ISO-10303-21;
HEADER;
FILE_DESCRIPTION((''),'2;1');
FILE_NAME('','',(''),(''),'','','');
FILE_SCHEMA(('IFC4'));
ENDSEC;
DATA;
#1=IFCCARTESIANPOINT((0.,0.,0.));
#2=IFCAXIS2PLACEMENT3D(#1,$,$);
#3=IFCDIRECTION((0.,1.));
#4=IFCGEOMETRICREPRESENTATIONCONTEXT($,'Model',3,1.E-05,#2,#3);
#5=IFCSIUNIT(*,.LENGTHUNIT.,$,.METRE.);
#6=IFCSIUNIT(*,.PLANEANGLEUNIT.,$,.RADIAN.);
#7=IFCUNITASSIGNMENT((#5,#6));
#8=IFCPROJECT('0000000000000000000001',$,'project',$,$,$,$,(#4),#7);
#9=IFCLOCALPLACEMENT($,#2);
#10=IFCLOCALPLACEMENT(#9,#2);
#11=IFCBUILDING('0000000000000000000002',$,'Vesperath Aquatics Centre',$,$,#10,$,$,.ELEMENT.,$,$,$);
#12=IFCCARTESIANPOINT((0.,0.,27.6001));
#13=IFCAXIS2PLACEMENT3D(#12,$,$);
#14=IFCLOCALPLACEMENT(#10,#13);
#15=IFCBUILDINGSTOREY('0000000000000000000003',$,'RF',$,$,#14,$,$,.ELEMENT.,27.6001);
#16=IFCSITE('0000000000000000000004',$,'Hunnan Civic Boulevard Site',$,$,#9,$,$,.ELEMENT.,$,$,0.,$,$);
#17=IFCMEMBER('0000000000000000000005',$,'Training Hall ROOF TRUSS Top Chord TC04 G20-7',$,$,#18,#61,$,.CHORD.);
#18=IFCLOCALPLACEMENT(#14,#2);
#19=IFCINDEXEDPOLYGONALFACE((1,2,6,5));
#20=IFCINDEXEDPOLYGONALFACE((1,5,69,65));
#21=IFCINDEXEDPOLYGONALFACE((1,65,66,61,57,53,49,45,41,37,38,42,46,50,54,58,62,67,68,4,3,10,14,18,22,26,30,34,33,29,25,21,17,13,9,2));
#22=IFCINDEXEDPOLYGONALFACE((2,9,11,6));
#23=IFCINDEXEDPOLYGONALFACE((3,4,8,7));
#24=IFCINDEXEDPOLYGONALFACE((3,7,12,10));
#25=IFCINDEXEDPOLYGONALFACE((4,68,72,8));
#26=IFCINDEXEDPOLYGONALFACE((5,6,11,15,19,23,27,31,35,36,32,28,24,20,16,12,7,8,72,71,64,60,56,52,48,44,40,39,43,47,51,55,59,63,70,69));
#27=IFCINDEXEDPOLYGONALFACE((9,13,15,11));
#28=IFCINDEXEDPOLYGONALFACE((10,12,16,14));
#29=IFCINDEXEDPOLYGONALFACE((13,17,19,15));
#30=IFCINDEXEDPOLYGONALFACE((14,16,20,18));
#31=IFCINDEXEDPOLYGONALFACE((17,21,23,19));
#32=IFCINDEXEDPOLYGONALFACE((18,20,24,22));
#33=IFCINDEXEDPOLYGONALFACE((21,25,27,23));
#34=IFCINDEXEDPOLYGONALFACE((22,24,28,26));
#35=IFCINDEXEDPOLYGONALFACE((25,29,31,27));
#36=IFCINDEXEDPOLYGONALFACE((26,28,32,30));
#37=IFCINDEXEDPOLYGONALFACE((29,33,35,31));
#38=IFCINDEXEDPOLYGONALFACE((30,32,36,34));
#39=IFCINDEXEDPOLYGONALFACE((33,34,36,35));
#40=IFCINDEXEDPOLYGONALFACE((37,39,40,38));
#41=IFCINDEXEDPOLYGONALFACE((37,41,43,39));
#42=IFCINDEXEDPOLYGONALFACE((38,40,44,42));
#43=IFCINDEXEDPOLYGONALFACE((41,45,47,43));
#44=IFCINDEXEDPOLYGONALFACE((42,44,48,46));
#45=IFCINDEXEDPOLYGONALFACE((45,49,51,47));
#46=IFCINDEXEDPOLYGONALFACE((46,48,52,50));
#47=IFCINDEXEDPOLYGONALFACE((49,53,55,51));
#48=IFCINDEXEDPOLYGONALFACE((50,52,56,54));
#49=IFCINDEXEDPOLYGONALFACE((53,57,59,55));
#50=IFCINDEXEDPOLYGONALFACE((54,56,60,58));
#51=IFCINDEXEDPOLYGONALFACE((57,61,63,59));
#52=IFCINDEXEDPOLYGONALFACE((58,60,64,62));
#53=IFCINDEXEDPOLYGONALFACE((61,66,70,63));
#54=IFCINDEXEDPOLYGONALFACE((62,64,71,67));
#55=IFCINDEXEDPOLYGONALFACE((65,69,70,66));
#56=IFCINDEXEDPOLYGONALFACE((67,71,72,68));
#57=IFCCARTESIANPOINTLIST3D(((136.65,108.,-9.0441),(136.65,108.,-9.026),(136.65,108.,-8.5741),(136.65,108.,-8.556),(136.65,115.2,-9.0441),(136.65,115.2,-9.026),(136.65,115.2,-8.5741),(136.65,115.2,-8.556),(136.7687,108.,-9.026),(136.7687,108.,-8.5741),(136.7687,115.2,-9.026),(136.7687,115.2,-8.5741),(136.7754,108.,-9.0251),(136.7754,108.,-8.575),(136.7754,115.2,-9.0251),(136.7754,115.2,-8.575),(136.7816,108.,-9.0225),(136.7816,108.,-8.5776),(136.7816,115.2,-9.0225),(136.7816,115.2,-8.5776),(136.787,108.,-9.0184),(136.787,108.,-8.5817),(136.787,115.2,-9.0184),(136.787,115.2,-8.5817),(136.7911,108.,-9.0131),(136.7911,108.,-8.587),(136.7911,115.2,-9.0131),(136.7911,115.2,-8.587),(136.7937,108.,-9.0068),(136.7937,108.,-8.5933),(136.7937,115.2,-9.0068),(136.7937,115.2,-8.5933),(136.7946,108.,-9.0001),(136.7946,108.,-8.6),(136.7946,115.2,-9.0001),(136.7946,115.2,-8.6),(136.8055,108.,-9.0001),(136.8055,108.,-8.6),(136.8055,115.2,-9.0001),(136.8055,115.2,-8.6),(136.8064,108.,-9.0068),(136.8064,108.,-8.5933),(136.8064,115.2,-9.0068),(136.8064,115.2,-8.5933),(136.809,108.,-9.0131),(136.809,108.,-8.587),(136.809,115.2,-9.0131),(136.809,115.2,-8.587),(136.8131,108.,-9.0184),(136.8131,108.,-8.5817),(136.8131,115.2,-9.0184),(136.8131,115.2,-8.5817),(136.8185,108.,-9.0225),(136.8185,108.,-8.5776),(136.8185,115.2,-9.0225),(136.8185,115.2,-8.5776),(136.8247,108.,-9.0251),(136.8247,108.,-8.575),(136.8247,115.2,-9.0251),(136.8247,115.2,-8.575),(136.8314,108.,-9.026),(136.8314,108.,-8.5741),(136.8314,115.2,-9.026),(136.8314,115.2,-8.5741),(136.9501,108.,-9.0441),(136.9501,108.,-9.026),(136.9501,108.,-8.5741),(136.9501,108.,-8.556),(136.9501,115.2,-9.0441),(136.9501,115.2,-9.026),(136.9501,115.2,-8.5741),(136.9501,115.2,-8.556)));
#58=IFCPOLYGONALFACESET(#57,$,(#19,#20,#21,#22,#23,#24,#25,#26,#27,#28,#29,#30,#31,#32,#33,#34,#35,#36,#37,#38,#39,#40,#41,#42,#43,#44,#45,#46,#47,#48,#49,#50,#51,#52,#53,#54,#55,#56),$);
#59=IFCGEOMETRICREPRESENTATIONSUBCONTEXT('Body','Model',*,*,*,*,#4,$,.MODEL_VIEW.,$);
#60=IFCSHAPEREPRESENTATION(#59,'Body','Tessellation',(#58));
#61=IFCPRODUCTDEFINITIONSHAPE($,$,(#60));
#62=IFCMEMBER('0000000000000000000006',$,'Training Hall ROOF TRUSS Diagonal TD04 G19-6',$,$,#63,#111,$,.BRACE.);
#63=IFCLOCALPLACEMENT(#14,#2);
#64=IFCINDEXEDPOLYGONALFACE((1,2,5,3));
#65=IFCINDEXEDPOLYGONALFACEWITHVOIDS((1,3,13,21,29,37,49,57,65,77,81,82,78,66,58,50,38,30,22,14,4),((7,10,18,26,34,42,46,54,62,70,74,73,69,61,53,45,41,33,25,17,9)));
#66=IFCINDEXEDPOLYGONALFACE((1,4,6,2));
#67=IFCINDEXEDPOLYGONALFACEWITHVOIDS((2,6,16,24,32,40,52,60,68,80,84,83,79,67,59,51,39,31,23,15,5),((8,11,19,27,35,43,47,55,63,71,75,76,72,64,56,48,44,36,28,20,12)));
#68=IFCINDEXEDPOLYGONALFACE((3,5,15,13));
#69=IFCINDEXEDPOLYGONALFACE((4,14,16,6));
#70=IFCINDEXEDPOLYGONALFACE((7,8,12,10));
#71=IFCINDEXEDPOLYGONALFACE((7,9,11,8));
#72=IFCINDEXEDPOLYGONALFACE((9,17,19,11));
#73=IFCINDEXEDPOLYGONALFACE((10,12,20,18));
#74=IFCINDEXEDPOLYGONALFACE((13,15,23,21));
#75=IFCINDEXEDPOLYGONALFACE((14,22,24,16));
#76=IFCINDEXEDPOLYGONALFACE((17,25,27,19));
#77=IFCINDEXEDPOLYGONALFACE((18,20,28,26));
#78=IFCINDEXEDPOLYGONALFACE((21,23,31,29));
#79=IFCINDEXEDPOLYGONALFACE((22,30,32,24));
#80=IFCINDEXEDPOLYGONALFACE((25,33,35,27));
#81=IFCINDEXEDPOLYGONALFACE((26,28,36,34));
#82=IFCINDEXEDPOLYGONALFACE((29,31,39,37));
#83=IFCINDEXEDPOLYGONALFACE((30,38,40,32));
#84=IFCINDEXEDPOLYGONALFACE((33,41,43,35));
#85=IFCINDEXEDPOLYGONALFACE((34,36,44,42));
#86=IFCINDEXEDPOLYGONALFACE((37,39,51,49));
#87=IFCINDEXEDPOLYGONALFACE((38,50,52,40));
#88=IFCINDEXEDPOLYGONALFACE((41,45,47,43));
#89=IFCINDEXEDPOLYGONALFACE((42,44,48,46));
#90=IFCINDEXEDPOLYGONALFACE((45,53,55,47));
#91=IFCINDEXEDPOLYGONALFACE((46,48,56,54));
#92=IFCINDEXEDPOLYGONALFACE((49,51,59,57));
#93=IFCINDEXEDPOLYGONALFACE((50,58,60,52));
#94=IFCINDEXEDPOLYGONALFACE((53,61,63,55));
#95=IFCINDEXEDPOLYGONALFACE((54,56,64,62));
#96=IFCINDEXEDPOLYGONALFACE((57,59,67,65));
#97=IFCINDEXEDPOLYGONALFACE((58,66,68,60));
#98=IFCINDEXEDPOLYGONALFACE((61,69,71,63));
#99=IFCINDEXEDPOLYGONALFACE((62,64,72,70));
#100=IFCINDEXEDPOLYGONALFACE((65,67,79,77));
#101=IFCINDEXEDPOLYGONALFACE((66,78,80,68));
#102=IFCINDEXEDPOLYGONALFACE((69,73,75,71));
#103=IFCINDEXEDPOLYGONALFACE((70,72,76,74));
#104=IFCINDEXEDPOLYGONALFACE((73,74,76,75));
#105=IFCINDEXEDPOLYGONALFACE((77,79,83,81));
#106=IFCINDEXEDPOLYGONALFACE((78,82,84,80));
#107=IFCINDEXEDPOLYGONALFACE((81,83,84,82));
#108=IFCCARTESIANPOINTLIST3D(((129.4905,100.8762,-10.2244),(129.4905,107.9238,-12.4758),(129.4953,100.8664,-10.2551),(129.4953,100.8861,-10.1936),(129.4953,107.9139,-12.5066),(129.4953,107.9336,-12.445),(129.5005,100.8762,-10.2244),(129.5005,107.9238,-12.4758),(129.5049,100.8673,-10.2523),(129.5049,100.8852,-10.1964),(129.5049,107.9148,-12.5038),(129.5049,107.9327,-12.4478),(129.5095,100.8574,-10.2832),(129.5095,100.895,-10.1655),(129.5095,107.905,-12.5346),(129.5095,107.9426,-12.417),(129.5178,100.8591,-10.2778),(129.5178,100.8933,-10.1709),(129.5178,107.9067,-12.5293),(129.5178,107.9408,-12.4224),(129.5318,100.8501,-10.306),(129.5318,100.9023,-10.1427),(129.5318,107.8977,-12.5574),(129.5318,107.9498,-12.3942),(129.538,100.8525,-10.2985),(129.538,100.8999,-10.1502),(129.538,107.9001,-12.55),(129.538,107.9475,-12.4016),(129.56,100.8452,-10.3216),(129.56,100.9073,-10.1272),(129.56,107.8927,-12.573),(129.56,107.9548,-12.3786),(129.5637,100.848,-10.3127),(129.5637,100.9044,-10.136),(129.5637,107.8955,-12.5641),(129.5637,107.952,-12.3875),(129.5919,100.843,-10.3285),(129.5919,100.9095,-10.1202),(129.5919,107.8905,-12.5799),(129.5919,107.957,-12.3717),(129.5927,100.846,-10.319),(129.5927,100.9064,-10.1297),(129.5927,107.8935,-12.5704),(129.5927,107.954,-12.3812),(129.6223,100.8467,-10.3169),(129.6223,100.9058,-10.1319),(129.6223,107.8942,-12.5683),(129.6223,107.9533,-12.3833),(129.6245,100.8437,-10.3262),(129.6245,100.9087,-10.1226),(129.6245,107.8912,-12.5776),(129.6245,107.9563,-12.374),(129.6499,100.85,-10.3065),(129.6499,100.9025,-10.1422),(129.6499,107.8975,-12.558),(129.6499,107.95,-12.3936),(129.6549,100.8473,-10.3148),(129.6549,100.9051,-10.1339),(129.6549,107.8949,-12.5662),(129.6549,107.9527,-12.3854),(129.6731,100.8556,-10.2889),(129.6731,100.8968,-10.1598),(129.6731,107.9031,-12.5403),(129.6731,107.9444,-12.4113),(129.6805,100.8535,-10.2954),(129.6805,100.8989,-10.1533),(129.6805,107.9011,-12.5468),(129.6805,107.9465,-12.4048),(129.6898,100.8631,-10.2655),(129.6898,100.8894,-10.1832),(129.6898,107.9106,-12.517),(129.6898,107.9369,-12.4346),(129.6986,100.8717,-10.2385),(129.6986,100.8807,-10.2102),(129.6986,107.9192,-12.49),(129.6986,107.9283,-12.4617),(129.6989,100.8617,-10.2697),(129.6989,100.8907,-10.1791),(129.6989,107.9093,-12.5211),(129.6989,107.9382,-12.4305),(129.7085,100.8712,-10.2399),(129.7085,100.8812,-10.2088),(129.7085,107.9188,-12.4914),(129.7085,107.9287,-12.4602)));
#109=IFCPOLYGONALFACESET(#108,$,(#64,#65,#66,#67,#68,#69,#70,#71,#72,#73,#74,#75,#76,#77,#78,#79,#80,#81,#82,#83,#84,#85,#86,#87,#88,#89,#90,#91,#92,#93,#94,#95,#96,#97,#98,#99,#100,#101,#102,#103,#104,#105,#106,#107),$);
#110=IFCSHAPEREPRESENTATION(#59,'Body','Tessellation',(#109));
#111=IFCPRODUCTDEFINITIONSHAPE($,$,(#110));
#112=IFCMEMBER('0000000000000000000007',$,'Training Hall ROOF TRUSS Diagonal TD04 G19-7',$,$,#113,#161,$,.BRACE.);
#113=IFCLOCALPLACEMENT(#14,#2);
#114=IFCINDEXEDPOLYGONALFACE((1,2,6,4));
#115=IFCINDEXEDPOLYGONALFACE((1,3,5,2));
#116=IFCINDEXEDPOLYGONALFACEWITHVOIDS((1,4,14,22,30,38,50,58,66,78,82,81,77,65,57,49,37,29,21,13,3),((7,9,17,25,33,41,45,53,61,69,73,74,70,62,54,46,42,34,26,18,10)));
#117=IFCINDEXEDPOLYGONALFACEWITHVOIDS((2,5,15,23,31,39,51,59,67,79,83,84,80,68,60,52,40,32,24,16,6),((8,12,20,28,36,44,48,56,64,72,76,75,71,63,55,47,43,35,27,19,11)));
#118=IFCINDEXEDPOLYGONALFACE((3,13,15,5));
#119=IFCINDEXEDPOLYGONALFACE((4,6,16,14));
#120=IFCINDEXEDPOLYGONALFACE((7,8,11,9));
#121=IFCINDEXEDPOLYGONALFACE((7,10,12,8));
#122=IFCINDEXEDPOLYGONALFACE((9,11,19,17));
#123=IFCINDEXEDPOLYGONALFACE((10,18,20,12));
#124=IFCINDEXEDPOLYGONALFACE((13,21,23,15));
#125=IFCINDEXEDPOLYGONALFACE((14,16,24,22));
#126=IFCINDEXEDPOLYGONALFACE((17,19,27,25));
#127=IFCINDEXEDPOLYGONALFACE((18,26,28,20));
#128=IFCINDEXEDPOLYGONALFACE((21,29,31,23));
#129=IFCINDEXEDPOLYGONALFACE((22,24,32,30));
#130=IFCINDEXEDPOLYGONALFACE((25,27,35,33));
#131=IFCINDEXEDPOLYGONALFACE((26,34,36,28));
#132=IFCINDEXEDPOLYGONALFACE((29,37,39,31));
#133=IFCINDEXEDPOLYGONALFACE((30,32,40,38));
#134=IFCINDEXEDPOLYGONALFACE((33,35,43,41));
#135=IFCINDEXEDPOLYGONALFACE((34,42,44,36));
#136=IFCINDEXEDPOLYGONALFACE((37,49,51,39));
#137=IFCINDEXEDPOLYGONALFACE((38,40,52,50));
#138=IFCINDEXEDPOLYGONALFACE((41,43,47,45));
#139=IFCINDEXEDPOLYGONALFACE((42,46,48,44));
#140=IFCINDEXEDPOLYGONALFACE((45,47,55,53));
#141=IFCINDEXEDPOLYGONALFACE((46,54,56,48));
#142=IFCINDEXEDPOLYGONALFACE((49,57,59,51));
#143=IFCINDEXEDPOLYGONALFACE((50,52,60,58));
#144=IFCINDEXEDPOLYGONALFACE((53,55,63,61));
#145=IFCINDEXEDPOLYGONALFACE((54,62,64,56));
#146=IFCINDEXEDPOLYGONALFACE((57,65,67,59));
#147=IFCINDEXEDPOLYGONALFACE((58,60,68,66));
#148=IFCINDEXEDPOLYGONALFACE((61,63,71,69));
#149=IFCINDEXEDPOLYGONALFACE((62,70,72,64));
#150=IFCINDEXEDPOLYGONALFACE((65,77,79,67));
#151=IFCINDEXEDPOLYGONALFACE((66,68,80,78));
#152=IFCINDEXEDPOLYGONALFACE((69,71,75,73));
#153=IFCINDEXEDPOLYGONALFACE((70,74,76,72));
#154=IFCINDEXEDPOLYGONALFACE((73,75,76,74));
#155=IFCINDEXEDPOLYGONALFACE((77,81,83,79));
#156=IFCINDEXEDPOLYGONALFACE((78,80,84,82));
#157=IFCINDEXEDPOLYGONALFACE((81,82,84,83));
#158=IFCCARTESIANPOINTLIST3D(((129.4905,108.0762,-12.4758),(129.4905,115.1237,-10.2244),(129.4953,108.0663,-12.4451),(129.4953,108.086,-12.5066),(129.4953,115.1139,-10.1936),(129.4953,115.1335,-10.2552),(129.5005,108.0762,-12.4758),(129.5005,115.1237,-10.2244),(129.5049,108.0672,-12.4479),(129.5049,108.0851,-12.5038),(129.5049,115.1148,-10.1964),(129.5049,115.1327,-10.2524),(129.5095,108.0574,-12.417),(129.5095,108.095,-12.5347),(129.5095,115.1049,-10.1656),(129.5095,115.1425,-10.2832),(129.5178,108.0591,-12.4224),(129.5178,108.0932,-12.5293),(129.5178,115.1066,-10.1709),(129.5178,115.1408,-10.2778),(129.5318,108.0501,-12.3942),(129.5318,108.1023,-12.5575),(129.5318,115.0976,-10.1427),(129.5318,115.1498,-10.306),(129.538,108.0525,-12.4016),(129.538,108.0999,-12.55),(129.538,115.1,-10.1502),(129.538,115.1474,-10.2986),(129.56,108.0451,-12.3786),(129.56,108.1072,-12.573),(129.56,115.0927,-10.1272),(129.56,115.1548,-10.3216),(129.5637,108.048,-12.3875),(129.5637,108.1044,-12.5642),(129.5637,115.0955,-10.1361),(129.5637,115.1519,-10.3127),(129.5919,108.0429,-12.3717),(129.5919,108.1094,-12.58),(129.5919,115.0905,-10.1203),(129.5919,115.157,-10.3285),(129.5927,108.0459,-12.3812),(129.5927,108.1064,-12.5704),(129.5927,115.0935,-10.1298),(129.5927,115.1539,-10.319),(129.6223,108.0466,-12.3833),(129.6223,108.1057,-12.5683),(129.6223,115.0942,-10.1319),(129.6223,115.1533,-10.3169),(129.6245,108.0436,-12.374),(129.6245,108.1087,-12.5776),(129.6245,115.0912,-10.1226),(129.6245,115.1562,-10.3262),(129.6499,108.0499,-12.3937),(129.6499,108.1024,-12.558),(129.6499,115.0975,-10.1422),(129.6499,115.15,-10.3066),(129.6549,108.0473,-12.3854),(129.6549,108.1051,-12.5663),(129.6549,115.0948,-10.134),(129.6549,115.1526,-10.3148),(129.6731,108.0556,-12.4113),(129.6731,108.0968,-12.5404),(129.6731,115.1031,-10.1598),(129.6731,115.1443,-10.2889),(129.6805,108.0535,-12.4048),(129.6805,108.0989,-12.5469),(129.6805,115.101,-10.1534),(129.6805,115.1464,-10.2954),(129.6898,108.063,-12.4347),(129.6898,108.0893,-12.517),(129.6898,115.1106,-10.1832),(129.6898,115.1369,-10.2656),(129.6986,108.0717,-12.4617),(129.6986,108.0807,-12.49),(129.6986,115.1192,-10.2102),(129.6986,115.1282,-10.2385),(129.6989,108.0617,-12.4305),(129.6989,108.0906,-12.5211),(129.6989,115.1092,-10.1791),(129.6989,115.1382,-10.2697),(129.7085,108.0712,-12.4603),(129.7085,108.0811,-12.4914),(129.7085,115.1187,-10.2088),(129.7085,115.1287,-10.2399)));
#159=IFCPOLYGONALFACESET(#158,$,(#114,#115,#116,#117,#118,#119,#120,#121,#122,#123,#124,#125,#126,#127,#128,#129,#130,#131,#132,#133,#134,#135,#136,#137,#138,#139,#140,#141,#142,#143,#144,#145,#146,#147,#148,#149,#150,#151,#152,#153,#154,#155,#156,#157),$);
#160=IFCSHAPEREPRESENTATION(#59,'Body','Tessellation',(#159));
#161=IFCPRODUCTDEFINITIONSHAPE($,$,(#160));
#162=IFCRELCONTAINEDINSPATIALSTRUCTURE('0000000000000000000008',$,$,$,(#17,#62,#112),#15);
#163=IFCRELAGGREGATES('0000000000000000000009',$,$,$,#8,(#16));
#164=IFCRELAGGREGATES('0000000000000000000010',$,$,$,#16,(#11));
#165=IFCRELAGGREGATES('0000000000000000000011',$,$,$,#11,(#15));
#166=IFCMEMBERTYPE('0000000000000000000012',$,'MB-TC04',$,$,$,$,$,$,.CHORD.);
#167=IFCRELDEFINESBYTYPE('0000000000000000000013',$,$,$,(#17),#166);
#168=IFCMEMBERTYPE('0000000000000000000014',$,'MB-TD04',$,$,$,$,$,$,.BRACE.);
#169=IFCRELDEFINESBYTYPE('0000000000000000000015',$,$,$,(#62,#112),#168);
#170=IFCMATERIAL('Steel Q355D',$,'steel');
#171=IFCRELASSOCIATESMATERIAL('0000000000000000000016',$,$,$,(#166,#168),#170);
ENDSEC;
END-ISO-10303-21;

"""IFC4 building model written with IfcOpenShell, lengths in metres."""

from ifc_helpers import new_model, si_unit, direction, frame, origin, origin_2d, place, context, subcontext, project, spatial, hollow_circle, i_section, extrude, material, material_profile, profile_set, type_object, element, save


model = new_model("IFC4")

# Units and contexts
model_context = context("Model", 3, precision=1e-05, world=origin(), true_north=direction((0.0, 1.0)))
body_context = subcontext(model_context, "Body", "Model", "MODEL_VIEW")
ifc_project = project(units=[si_unit("LENGTHUNIT", "METRE"), si_unit("PLANEANGLEUNIT", "RADIAN")], contexts=[model_context])

# Site, building, storey
site_placement = place(None, origin())
site = spatial("IfcSite", under=ifc_project, at=site_placement, Name="Hunnan Civic Boulevard Site", CompositionType="ELEMENT", RefElevation=0.0)
building_placement = place(site_placement, origin())
building = spatial("IfcBuilding", under=site, at=building_placement, Name="Vesperath Aquatics Centre", CompositionType="ELEMENT")
storey_placement = place(building_placement, frame((0.0, 0.0, 27.6001)))
storey = spatial("IfcBuildingStorey", under=building, at=storey_placement, Name="RF", CompositionType="ELEMENT", Elevation=27.6001)

# Members
ifc_material_1 = material(Name="Steel Q355D", Category="steel")
ifc_material_profile_1 = material_profile(ifc_material_1, i_section(OverallWidth=0.3, OverallDepth=0.488, WebThickness=0.011, FlangeThickness=0.0181, FilletRadius=0.0259, at=origin_2d()), Name="HM 488x300x11x18")
ifc_profile_set_1 = profile_set([ifc_material_profile_1], Name="Steel Q355D")
member_type_1 = type_object("IfcMemberType", Name="MB-TC04", PredefinedType="CHORD", material=ifc_profile_set_1)
for number, where, z_axis, x_axis, name in (
    (1, (136.8, 108.0, -8.8), (0.0, 1.0, 0.0), (-1.0, 0.0, 0.0), "Training Hall ROOF TRUSS Top Chord TC04 G20-7"),
):
    element("IfcMember", number, at=place(storey_placement, frame(where, z_axis=z_axis, x_axis=x_axis)), inside=storey, type_object=member_type_1, Name=name, PredefinedType="CHORD", context=body_context, shape_type="SweptSolid", body=[
        extrude(i_section(OverallWidth=0.3, OverallDepth=0.488, WebThickness=0.011, FlangeThickness=0.0181, FilletRadius=0.0259, at=origin_2d()), origin(), (0.0, 0.0, 1.0), 7.2),
    ])
ifc_material_profile_2 = material_profile(ifc_material_1, hollow_circle(Radius=0.1096, WallThickness=0.01, at=origin_2d()), Name="CHS 219.1x10")
ifc_profile_set_2 = profile_set([ifc_material_profile_2], Name="Steel Q355D")
member_type_2 = type_object("IfcMemberType", Name="MB-TD04", PredefinedType="BRACE", material=ifc_profile_set_2)
for number, where, z_axis, x_axis, name in (
    (2, (129.6001, 100.8762, -10.2244), (0.0, 0.952572, -0.304314), (-1.0, 0.0, 0.0), "Training Hall ROOF TRUSS Diagonal TD04 G19-6"),
    (3, (129.6001, 108.0762, -12.4758), (0.0, 0.952572, 0.304314), (-1.0, 0.0, 0.0), "Training Hall ROOF TRUSS Diagonal TD04 G19-7"),
):
    element("IfcMember", number, at=place(storey_placement, frame(where, z_axis=z_axis, x_axis=x_axis)), inside=storey, type_object=member_type_2, Name=name, PredefinedType="BRACE", context=body_context, shape_type="SweptSolid", body=[
        extrude(hollow_circle(Radius=0.1096, WallThickness=0.01, at=origin_2d()), origin(), (0.0, 0.0, 1.0), 7.3984),
    ])

save(model, "model.ifc")
